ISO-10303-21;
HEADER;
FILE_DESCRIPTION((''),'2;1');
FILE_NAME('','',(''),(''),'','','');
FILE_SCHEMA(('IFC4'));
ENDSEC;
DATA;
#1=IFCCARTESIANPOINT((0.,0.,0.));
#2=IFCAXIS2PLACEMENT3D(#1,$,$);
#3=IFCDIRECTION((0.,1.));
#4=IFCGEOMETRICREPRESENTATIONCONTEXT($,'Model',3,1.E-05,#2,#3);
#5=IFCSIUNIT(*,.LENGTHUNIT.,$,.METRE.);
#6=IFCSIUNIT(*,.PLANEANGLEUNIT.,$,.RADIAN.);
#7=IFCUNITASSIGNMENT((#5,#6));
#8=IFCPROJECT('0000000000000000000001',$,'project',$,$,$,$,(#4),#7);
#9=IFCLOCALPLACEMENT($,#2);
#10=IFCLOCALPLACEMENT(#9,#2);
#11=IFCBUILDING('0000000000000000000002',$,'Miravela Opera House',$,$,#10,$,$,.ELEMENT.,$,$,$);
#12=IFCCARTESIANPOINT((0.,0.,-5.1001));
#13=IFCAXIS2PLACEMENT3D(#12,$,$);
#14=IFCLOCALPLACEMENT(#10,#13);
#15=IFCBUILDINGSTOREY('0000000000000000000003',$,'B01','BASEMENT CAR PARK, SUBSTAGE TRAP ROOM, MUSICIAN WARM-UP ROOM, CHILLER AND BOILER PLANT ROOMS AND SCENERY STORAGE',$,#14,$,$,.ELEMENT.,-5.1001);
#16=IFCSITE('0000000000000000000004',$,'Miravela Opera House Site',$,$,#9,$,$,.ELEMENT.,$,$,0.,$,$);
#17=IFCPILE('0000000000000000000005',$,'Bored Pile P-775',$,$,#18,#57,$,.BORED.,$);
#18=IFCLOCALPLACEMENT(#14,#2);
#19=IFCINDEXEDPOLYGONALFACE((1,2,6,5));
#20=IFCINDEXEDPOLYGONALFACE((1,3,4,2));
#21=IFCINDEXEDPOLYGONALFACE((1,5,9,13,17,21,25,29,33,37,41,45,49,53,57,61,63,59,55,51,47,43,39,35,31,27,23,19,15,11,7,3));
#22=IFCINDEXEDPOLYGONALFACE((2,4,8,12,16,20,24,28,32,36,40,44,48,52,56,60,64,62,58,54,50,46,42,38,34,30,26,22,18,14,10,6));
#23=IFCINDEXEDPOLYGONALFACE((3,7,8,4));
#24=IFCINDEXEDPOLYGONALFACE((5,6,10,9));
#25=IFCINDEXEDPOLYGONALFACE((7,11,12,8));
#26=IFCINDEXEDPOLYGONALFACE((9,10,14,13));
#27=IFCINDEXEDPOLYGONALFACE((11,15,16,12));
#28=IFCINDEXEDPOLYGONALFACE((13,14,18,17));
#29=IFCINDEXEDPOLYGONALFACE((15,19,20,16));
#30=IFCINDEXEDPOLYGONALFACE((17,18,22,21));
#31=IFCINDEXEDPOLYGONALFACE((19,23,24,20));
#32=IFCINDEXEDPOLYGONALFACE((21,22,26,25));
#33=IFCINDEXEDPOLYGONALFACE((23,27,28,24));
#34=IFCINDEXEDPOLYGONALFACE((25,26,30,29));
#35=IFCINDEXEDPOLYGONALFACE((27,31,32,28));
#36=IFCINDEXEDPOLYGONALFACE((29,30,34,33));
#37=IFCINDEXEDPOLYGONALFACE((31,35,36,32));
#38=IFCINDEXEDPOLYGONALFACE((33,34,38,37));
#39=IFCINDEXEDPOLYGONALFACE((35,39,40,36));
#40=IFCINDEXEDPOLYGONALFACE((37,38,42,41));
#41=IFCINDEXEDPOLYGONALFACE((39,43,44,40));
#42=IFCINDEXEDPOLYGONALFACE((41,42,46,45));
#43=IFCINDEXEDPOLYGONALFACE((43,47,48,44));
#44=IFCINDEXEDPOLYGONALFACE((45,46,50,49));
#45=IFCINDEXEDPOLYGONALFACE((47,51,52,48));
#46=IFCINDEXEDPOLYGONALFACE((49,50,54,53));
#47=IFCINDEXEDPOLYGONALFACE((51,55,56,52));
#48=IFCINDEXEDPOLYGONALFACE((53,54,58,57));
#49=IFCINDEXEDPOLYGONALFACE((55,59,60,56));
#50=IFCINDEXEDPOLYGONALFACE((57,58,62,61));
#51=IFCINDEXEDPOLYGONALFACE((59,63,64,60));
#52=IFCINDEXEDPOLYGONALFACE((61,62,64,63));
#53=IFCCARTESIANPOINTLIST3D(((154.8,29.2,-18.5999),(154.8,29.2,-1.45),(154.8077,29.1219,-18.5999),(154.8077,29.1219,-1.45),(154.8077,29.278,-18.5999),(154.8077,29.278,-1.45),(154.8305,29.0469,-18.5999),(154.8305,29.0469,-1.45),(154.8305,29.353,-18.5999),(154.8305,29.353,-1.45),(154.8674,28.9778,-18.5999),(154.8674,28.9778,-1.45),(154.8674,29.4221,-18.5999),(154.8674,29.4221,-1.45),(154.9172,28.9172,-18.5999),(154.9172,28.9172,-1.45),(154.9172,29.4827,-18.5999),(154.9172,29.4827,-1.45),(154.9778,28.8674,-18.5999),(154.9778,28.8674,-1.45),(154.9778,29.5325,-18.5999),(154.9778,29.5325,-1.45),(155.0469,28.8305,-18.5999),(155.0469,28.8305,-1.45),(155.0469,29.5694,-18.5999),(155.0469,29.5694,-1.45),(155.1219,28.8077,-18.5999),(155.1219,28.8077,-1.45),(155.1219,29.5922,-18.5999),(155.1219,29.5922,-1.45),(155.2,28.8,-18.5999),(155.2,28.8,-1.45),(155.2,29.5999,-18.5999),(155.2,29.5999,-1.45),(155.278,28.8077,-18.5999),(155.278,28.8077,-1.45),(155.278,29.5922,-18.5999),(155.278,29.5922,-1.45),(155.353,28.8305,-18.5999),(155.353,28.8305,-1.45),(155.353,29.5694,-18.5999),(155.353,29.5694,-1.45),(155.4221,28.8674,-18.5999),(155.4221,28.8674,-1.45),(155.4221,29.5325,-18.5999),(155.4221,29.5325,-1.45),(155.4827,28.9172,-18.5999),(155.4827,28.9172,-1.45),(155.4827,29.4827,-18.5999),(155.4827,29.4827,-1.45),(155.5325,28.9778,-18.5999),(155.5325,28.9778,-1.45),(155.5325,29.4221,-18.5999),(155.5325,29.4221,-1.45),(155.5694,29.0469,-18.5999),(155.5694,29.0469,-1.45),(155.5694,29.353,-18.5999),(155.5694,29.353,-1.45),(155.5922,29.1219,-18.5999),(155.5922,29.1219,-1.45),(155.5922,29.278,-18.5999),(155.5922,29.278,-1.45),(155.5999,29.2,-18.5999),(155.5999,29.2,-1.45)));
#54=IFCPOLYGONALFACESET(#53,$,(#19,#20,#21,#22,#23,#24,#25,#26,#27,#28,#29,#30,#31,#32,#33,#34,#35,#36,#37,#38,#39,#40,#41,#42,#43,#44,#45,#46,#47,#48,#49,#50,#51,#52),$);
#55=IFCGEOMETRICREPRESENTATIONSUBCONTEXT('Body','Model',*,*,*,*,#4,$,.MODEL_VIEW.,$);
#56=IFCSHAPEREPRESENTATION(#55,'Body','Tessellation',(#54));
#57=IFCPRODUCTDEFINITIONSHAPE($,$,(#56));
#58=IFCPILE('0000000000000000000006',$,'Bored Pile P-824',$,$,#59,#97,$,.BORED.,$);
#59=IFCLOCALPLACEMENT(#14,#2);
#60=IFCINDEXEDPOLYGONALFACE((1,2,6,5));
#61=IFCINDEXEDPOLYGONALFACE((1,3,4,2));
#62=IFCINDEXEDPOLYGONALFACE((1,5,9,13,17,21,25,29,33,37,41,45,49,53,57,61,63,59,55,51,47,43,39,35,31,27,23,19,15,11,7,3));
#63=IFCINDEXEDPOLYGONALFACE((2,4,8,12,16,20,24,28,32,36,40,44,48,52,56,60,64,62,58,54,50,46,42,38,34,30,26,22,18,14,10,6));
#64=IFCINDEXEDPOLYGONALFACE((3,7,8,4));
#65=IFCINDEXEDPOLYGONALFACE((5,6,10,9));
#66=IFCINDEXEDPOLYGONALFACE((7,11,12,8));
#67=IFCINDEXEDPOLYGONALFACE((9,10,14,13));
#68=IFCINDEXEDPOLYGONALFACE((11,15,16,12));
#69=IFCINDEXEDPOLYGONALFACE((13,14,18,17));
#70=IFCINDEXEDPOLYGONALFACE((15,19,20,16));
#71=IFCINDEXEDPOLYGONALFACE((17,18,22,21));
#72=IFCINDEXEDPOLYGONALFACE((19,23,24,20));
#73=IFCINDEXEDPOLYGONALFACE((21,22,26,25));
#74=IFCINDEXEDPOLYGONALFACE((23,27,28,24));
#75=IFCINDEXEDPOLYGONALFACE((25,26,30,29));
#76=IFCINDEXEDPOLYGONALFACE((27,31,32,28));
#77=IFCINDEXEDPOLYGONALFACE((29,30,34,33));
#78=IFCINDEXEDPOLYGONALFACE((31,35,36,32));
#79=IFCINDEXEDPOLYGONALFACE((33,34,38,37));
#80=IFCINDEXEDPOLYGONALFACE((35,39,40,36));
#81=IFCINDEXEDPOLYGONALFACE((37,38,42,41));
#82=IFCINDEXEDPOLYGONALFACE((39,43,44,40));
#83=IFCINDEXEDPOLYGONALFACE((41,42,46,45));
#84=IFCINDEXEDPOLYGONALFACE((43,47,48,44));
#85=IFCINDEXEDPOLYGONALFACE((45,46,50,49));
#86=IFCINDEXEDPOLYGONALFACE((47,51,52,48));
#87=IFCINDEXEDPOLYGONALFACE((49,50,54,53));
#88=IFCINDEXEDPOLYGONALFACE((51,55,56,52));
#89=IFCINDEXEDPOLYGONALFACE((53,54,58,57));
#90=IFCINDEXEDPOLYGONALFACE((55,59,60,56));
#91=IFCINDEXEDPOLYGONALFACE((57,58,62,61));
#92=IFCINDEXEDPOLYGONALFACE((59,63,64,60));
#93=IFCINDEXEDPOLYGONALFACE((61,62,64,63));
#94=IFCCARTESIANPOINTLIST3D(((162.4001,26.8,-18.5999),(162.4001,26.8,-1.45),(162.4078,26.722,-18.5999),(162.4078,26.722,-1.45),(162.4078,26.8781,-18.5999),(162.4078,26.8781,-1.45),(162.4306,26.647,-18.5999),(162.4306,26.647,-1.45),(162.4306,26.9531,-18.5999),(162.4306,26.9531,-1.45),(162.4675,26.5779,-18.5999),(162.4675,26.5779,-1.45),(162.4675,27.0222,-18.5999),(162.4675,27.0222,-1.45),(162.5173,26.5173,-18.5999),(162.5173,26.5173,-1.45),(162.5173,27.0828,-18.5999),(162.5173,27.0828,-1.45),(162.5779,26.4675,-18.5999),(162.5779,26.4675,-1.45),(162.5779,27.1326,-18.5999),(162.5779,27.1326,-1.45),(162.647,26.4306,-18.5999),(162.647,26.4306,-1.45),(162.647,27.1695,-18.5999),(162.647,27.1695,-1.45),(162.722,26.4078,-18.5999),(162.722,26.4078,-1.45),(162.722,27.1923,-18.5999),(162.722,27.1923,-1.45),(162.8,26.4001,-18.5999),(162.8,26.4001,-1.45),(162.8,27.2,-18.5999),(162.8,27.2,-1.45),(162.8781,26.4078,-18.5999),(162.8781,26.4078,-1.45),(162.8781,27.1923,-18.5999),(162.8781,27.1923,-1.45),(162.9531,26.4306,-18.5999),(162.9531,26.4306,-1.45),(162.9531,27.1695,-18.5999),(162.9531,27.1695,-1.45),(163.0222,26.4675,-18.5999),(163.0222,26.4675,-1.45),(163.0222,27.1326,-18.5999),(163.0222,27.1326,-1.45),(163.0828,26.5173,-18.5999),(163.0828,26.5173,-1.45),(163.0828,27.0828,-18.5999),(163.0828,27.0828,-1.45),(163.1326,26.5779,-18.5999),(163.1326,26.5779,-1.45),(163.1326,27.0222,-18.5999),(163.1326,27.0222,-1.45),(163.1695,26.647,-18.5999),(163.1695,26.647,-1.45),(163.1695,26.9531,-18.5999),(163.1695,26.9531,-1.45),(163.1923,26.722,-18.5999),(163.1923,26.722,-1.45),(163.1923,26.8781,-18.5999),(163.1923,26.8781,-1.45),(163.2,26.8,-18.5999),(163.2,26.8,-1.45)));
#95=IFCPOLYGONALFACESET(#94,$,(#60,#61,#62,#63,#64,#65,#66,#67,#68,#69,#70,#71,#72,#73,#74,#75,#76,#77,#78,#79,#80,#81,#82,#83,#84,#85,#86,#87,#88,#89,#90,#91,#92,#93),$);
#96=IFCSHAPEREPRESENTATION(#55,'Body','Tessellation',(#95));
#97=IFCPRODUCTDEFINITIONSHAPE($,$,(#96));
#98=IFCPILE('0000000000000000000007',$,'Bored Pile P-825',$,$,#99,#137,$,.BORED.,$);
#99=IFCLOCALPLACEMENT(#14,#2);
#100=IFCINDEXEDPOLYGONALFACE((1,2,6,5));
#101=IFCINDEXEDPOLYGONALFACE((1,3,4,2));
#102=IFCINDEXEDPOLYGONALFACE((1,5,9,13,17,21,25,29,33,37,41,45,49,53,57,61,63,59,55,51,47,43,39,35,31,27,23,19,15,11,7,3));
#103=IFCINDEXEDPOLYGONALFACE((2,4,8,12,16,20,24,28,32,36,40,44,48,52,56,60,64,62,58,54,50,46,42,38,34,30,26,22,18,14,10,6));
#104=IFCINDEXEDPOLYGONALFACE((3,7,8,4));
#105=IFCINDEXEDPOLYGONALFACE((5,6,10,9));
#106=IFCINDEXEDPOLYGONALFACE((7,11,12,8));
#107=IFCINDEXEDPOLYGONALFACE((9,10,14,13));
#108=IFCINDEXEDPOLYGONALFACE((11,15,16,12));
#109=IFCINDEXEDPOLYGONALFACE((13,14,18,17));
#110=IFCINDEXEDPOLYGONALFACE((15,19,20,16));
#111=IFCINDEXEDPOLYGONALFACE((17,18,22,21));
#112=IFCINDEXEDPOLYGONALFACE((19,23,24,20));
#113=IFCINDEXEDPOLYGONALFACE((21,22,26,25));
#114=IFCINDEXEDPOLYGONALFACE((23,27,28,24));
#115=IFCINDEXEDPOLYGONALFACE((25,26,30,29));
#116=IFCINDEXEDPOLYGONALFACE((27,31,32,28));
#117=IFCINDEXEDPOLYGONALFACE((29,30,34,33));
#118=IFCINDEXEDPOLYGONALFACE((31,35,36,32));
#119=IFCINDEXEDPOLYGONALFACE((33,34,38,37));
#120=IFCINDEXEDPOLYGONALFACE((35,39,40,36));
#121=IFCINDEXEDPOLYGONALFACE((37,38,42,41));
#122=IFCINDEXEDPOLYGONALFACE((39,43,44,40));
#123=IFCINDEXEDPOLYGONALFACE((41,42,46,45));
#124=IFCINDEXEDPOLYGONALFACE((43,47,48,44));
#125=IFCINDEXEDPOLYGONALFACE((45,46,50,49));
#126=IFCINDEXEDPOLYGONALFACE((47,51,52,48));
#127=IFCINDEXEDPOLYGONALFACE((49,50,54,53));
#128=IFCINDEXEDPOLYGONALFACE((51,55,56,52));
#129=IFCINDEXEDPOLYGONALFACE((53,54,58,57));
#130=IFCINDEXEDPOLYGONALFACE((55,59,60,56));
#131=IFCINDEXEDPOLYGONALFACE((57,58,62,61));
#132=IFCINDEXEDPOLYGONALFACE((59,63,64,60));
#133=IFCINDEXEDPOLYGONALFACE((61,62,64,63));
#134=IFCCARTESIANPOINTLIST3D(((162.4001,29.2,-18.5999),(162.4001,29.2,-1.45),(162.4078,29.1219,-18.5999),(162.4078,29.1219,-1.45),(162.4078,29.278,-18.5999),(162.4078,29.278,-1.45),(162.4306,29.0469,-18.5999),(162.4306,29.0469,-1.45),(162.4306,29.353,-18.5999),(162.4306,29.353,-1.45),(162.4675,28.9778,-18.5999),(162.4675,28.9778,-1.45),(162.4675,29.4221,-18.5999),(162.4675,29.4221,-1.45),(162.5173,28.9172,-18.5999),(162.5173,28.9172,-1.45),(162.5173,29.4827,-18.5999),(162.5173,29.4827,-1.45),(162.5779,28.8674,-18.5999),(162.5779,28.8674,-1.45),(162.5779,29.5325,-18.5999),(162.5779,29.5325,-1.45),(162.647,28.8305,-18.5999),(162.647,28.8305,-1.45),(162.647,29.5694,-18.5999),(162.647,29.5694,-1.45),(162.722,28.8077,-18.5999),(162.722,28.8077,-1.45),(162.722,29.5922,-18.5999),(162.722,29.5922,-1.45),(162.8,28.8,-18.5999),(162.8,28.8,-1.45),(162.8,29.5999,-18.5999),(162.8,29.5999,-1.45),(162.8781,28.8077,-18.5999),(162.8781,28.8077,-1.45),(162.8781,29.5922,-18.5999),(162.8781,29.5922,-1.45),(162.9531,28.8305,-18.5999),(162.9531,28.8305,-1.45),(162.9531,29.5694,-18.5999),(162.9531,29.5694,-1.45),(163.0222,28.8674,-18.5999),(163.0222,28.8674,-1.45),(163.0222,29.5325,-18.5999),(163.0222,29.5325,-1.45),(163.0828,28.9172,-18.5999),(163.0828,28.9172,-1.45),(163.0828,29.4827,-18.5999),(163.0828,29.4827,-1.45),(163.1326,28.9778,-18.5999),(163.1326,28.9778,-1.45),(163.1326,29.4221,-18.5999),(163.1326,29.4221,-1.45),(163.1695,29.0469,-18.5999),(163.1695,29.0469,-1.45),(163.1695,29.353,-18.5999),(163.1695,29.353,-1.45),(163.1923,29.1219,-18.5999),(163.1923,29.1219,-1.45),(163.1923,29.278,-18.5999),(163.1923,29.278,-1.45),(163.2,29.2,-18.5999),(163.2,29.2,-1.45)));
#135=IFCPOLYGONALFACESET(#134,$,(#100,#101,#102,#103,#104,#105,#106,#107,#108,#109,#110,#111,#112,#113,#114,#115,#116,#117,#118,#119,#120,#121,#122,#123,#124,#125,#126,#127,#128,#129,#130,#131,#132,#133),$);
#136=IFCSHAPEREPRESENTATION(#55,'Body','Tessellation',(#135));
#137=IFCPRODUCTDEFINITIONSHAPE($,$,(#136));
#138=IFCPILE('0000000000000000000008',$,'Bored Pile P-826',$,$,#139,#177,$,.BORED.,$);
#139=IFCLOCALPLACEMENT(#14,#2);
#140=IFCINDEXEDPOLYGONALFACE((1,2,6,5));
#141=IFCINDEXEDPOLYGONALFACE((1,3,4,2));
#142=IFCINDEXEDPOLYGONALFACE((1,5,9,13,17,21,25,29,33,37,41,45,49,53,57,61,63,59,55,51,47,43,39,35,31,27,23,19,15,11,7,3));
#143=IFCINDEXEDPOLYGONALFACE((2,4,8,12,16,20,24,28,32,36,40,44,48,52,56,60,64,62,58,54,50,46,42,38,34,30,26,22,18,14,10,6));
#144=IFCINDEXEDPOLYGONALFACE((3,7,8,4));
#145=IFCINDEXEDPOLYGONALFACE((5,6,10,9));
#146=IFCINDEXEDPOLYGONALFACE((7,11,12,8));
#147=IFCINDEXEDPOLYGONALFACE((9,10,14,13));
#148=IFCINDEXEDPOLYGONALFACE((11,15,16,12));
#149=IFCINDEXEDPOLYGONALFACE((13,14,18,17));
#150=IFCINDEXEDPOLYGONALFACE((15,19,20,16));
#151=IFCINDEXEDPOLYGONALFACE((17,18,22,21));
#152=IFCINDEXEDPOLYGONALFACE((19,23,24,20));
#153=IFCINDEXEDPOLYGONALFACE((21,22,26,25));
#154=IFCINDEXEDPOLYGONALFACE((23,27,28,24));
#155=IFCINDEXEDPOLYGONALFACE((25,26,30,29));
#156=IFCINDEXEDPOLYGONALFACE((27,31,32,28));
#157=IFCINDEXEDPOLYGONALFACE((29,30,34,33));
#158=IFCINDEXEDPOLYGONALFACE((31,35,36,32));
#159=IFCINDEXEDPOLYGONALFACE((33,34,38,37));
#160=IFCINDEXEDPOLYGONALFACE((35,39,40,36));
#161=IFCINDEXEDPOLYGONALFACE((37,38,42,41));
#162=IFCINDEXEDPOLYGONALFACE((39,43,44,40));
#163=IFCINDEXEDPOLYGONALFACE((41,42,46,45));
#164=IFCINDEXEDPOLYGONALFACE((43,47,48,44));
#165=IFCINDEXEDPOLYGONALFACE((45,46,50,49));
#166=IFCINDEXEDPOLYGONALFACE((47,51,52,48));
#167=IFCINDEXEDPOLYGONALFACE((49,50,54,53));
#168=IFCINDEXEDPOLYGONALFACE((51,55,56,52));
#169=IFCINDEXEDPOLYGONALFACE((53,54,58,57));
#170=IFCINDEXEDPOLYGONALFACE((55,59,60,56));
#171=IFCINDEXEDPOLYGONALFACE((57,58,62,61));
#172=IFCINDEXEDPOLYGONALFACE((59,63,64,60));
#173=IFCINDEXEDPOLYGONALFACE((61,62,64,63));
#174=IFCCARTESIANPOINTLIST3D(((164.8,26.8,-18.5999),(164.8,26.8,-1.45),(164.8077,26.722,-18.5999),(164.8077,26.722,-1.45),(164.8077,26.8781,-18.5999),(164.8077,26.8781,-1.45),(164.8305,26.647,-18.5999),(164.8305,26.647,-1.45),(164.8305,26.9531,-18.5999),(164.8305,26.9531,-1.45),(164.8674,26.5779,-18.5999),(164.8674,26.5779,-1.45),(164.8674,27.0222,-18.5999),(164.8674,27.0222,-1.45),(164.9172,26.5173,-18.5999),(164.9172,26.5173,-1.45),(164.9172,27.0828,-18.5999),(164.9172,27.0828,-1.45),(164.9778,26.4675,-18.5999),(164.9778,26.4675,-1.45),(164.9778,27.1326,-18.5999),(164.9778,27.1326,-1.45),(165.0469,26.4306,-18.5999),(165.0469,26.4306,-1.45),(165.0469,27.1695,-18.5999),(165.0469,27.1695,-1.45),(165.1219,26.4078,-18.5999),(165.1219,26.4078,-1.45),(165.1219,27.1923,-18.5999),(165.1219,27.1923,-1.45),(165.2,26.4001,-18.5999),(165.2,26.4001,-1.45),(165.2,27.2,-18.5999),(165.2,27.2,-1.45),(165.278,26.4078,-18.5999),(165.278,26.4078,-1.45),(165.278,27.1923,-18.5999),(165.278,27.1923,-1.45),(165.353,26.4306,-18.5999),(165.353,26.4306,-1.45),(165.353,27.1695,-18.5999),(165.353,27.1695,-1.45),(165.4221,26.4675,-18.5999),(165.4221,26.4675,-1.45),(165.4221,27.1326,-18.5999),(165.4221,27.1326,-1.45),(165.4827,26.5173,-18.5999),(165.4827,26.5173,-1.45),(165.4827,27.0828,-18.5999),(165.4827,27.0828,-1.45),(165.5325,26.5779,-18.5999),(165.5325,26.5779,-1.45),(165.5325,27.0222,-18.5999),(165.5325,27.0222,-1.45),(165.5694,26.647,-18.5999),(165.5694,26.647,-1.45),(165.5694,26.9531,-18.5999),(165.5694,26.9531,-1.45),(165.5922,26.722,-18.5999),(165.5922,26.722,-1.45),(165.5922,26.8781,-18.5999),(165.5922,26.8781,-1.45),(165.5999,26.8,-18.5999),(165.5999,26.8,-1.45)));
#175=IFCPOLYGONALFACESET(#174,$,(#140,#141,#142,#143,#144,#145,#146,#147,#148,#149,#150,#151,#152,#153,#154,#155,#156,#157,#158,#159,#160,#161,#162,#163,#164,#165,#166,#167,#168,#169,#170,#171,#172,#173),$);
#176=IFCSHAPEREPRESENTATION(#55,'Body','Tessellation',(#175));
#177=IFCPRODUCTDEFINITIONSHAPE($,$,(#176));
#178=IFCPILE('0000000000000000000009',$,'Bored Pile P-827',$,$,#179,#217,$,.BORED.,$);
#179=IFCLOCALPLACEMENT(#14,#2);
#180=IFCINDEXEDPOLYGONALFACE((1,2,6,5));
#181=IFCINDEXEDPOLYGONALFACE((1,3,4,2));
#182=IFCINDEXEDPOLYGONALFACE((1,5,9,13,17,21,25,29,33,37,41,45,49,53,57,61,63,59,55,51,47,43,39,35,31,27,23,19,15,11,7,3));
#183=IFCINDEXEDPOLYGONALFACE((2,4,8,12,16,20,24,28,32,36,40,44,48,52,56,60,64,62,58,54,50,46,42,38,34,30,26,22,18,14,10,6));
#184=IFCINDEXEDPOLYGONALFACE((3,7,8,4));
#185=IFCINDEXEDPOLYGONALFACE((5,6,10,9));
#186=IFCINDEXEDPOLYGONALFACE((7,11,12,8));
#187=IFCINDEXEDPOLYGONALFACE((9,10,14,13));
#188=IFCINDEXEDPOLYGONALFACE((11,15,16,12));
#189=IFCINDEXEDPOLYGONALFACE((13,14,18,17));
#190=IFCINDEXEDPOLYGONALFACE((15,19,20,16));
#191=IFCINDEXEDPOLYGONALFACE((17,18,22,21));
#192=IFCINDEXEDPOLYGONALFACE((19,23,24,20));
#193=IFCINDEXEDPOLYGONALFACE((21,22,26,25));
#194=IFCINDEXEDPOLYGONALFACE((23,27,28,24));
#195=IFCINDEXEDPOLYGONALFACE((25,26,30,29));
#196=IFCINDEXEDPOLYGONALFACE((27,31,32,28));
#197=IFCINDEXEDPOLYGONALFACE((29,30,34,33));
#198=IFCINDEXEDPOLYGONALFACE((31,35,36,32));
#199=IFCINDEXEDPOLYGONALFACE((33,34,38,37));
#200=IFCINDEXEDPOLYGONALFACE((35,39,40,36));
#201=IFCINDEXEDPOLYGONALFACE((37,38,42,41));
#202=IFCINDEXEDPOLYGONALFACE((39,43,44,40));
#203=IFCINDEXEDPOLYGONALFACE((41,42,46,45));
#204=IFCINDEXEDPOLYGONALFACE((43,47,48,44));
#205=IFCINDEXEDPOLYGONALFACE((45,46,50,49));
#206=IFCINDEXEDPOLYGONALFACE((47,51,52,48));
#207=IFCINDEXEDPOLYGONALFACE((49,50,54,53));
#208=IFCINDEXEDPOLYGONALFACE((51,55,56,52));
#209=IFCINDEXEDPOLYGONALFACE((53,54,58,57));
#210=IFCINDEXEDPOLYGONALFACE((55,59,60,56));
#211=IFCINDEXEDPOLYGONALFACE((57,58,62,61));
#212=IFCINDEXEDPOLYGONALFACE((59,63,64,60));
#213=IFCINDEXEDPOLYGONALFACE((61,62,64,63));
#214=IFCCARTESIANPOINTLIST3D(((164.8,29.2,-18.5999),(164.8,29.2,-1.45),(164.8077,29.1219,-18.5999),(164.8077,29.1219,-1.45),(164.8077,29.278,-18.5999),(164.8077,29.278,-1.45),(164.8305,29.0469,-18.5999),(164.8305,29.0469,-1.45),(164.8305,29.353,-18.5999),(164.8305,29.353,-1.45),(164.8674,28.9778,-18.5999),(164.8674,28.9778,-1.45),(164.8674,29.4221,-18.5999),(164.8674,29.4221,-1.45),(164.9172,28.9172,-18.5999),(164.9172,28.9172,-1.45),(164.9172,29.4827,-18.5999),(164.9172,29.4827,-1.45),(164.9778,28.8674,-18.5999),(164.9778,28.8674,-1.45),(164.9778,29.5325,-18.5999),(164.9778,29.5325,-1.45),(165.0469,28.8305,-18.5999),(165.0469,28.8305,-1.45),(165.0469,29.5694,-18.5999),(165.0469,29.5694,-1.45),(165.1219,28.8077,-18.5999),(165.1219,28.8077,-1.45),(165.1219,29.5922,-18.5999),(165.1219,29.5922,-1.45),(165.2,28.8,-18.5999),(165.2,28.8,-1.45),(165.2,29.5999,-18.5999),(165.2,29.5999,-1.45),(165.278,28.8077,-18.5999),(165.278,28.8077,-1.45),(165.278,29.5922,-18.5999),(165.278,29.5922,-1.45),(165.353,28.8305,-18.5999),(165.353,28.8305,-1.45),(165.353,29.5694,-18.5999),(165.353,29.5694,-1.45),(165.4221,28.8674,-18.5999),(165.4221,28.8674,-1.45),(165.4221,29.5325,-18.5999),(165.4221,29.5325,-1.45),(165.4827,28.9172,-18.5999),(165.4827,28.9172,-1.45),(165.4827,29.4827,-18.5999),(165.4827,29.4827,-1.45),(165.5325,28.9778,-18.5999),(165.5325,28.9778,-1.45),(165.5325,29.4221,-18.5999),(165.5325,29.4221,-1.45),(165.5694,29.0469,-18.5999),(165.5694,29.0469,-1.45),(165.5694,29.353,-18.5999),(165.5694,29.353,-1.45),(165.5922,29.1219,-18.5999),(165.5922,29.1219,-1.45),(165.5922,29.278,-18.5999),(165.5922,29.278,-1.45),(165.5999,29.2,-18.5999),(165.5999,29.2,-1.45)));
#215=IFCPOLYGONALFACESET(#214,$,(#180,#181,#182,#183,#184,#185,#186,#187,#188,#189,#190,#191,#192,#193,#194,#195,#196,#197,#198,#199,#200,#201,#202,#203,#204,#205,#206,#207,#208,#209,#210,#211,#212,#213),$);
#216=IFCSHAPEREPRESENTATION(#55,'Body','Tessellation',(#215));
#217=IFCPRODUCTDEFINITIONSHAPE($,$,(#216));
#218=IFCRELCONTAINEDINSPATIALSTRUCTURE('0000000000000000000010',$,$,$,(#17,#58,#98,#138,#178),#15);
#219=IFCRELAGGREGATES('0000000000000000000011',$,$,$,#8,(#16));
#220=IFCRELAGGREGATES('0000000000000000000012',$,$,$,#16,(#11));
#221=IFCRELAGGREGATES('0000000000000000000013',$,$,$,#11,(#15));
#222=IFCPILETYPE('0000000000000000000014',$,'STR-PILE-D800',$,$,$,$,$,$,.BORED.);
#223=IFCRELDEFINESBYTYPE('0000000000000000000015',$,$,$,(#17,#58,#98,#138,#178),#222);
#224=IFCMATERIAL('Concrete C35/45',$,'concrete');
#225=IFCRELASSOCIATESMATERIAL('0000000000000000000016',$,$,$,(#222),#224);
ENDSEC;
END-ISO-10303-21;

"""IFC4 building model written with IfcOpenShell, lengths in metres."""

from ifc_helpers import new_model, si_unit, direction, frame, origin, origin_2d, place, context, subcontext, project, spatial, circle, extrude, material, material_profile, profile_set, type_object, element, save


model = new_model("IFC4")

# Units and contexts
model_context = context("Model", 3, precision=1e-05, world=origin(), true_north=direction((0.0, 1.0)))
body_context = subcontext(model_context, "Body", "Model", "MODEL_VIEW")
ifc_project = project(units=[si_unit("LENGTHUNIT", "METRE"), si_unit("PLANEANGLEUNIT", "RADIAN")], contexts=[model_context])

# Site, building, storey
site_placement = place(None, origin())
site = spatial("IfcSite", under=ifc_project, at=site_placement, Name="Miravela Opera House Site", CompositionType="ELEMENT", RefElevation=0.0)
building_placement = place(site_placement, origin())
building = spatial("IfcBuilding", under=site, at=building_placement, Name="Miravela Opera House", CompositionType="ELEMENT")
storey_placement = place(building_placement, frame((0.0, 0.0, -5.1001)))
storey = spatial("IfcBuildingStorey", under=building, at=storey_placement, Name="B01", Description="BASEMENT CAR PARK, SUBSTAGE TRAP ROOM, MUSICIAN WARM-UP ROOM, CHILLER AND BOILER PLANT ROOMS AND SCENERY STORAGE", CompositionType="ELEMENT", Elevation=-5.1001)

# Shared definitions
ifc_material_1 = material(Name="Concrete C35/45", Category="concrete")

# Piles
ifc_material_profile_1 = material_profile(ifc_material_1, circle(Radius=0.3999, at=origin_2d()), Name="PILE-D800")
ifc_profile_set_1 = profile_set([ifc_material_profile_1])
pile_type_1 = type_object("IfcPileType", Name="STR-PILE-D800", PredefinedType="BORED", material=ifc_profile_set_1)
for number, where, z_axis, x_axis, name in (
    (1, (155.2, 29.2, -1.45), (0.0, 0.0, -1.0), (1.0, 0.0, 0.0), "Bored Pile P-775"),
    (2, (162.8, 26.8, -1.45), (0.0, 0.0, -1.0), (1.0, 0.0, 0.0), "Bored Pile P-824"),
    (3, (162.8, 29.2, -1.45), (0.0, 0.0, -1.0), (1.0, 0.0, 0.0), "Bored Pile P-825"),
    (4, (165.2, 26.8, -1.45), (0.0, 0.0, -1.0), (1.0, 0.0, 0.0), "Bored Pile P-826"),
    (5, (165.2, 29.2, -1.45), (0.0, 0.0, -1.0), (1.0, 0.0, 0.0), "Bored Pile P-827"),
):
    element("IfcPile", number, at=place(storey_placement, frame(where, z_axis=z_axis, x_axis=x_axis)), inside=storey, type_object=pile_type_1, Name=name, PredefinedType="BORED", context=body_context, shape_type="SweptSolid", body=[
        extrude(circle(Radius=0.3999, at=origin_2d()), origin(), (0.0, 0.0, 1.0), 17.1499),
    ])

save(model, "model.ifc")
